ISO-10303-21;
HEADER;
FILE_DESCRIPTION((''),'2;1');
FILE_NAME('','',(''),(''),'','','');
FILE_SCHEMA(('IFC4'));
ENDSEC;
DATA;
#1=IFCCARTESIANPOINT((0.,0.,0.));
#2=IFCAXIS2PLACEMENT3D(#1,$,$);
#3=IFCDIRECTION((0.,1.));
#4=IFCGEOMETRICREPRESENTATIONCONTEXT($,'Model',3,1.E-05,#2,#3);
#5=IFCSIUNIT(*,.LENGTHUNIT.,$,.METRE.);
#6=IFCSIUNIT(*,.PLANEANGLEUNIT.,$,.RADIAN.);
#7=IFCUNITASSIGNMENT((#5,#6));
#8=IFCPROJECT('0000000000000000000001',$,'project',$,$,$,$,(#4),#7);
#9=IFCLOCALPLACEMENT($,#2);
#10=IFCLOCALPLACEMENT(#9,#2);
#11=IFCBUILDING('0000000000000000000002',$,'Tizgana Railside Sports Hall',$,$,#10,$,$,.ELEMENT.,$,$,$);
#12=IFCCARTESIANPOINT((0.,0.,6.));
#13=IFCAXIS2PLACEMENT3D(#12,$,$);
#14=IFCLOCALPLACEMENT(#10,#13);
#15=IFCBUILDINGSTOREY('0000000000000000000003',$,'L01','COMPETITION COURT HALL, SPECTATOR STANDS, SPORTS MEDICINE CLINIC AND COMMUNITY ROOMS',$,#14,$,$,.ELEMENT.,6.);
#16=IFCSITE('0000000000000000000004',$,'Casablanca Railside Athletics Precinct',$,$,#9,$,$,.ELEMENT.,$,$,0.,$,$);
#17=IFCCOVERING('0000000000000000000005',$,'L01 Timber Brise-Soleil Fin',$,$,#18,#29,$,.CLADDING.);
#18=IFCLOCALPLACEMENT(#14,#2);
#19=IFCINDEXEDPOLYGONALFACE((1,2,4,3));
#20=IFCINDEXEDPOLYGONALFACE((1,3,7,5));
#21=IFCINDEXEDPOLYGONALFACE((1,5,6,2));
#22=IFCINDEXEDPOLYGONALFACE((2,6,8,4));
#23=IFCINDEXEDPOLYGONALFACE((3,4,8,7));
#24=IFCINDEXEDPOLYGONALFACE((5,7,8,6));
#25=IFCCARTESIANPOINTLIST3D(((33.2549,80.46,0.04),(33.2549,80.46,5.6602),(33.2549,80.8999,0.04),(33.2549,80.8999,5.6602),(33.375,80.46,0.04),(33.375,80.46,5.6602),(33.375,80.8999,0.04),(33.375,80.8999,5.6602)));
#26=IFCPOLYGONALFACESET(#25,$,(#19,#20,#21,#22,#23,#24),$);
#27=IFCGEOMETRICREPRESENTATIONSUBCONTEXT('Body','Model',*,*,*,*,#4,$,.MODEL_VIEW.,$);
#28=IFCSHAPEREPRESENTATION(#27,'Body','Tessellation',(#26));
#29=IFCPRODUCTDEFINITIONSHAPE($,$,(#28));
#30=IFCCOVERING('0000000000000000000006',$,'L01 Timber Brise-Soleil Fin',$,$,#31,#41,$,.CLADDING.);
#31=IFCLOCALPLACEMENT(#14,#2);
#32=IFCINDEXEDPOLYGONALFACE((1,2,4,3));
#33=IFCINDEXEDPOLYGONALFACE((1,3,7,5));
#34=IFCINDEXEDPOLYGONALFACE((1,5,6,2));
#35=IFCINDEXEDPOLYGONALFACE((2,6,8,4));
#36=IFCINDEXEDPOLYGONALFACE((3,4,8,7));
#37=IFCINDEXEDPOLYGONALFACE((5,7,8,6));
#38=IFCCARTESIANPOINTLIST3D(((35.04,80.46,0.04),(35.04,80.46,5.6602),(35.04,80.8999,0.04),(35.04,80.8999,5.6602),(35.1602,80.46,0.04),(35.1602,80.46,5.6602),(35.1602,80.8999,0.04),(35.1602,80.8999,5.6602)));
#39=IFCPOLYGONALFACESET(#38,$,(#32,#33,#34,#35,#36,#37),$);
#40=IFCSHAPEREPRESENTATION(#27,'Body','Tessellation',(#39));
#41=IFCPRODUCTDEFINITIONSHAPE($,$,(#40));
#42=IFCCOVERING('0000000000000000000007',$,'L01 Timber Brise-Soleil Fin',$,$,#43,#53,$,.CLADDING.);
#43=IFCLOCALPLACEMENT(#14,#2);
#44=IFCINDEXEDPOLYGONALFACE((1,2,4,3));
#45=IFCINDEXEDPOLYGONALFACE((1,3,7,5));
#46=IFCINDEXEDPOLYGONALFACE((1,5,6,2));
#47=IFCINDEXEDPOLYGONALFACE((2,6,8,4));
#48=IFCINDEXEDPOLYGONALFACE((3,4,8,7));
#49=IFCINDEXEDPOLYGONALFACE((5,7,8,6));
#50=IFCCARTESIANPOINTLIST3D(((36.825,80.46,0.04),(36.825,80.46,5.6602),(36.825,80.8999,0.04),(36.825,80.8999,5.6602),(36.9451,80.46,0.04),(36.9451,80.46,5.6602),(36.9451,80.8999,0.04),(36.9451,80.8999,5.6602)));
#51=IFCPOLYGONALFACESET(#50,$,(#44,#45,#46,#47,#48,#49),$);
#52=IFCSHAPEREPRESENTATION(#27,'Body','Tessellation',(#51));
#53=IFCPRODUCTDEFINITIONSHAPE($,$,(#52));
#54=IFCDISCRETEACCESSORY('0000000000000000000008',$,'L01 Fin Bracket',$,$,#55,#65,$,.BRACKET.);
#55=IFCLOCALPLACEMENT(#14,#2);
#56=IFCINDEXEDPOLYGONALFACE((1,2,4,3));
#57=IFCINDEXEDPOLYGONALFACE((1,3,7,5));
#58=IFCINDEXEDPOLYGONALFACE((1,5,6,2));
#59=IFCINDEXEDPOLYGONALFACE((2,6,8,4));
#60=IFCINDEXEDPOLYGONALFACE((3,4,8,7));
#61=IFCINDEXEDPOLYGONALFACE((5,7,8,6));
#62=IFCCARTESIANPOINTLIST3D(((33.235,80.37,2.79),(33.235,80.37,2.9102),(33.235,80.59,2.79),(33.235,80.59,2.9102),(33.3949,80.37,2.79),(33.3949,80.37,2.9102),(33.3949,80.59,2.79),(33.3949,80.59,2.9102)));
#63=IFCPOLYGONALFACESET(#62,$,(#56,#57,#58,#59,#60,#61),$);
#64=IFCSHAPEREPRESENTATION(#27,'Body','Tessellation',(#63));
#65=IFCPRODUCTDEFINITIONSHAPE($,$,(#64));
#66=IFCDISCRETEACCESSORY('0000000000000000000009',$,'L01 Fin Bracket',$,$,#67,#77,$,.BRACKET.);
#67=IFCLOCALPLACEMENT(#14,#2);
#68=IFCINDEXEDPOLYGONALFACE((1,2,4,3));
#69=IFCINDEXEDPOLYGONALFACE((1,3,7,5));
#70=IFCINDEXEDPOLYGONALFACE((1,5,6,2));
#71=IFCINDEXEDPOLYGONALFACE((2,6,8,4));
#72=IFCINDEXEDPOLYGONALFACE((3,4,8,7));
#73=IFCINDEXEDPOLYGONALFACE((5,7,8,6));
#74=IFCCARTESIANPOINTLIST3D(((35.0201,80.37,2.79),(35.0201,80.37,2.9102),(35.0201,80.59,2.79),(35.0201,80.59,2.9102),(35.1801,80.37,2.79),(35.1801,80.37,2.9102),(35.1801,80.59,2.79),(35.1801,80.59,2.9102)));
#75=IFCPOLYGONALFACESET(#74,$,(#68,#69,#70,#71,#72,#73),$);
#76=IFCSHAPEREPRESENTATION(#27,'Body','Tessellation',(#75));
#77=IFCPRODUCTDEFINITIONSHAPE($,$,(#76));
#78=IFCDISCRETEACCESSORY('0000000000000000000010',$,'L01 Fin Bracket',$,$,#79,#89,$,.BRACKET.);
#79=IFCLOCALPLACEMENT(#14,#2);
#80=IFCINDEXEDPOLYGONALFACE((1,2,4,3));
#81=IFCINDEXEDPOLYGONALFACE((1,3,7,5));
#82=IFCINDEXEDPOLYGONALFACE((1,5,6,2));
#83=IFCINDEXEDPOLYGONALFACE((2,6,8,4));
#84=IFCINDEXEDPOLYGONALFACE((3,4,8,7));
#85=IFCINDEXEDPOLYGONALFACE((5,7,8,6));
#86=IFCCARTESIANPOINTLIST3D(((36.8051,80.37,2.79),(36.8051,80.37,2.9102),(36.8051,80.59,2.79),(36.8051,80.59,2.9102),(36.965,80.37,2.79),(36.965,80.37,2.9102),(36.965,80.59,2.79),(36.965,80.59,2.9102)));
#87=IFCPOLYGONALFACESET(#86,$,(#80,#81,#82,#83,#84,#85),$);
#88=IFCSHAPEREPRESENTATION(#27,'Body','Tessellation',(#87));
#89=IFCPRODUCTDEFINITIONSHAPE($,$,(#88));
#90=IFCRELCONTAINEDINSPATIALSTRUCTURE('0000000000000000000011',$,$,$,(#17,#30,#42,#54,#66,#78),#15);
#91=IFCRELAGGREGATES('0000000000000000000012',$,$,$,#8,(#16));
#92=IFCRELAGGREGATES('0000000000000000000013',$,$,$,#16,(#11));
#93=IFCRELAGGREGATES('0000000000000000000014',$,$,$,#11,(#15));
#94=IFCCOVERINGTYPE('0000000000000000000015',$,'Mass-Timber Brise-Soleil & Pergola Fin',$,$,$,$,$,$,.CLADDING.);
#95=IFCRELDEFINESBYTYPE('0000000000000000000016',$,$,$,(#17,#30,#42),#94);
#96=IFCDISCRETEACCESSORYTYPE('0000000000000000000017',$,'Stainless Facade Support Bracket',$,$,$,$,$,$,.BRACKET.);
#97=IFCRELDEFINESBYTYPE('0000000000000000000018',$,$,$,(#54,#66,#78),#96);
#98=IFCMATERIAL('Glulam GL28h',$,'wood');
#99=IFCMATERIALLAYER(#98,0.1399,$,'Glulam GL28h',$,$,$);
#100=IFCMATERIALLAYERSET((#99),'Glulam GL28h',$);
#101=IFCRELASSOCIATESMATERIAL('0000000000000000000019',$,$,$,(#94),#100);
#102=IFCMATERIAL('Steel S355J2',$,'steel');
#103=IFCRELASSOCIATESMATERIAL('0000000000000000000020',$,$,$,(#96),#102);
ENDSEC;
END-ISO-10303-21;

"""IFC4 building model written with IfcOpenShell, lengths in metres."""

from ifc_helpers import new_model, si_unit, direction, frame, origin, origin_2d, place, context, subcontext, project, spatial, rectangle, extrude, material, layer, layer_set, type_object, element, save


model = new_model("IFC4")

# Units and contexts
model_context = context("Model", 3, precision=1e-05, world=origin(), true_north=direction((0.0, 1.0)))
body_context = subcontext(model_context, "Body", "Model", "MODEL_VIEW")
ifc_project = project(units=[si_unit("LENGTHUNIT", "METRE"), si_unit("PLANEANGLEUNIT", "RADIAN")], contexts=[model_context])

# Site, building, storey
site_placement = place(None, origin())
site = spatial("IfcSite", under=ifc_project, at=site_placement, Name="Casablanca Railside Athletics Precinct", CompositionType="ELEMENT", RefElevation=0.0)
building_placement = place(site_placement, origin())
building = spatial("IfcBuilding", under=site, at=building_placement, Name="Tizgana Railside Sports Hall", CompositionType="ELEMENT")
storey_placement = place(building_placement, frame((0.0, 0.0, 6.0)))
storey = spatial("IfcBuildingStorey", under=building, at=storey_placement, Name="L01", Description="COMPETITION COURT HALL, SPECTATOR STANDS, SPORTS MEDICINE CLINIC AND COMMUNITY ROOMS", CompositionType="ELEMENT", Elevation=6.0)

# Coverings
ifc_material_1 = material(Name="Glulam GL28h", Category="wood")
ifc_layer_1 = layer(ifc_material_1, 0.1399, Name="Glulam GL28h")
ifc_layer_set_1 = layer_set([ifc_layer_1], Name="Glulam GL28h")
covering_type = type_object("IfcCoveringType", Name="Mass-Timber Brise-Soleil & Pergola Fin", PredefinedType="CLADDING", material=ifc_layer_set_1)
for number, where, z_axis, x_axis, name in (
    (1, (33.3149, 80.6799, 0.04), (0.0, 0.0, 1.0), (1.0, 0.0, 0.0), "L01 Timber Brise-Soleil Fin"),
    (2, (35.1001, 80.6799, 0.04), (0.0, 0.0, 1.0), (1.0, 0.0, 0.0), "L01 Timber Brise-Soleil Fin"),
    (3, (36.885, 80.6799, 0.04), (0.0, 0.0, 1.0), (1.0, 0.0, 0.0), "L01 Timber Brise-Soleil Fin"),
):
    element("IfcCovering", number, at=place(storey_placement, frame(where, z_axis=z_axis, x_axis=x_axis)), inside=storey, type_object=covering_type, Name=name, PredefinedType="CLADDING", context=body_context, shape_type="SweptSolid", body=[
        extrude(rectangle(XDim=0.1201, YDim=0.4399, at=origin_2d()), origin(), (0.0, 0.0, 1.0), 5.6201),
    ])

# Discrete accessories
ifc_material_2 = material(Name="Steel S355J2", Category="steel")
discrete_accessory_type = type_object("IfcDiscreteAccessoryType", Name="Stainless Facade Support Bracket", PredefinedType="BRACKET", material=ifc_material_2)
for number, where, z_axis, x_axis, name in (
    (4, (33.3149, 80.48, 2.79), (0.0, 0.0, 1.0), (1.0, 0.0, 0.0), "L01 Fin Bracket"),
    (5, (35.1001, 80.48, 2.79), (0.0, 0.0, 1.0), (1.0, 0.0, 0.0), "L01 Fin Bracket"),
    (6, (36.885, 80.48, 2.79), (0.0, 0.0, 1.0), (1.0, 0.0, 0.0), "L01 Fin Bracket"),
):
    element("IfcDiscreteAccessory", number, at=place(storey_placement, frame(where, z_axis=z_axis, x_axis=x_axis)), inside=storey, type_object=discrete_accessory_type, Name=name, PredefinedType="BRACKET", context=body_context, shape_type="SweptSolid", body=[
        extrude(rectangle(XDim=0.1599, YDim=0.22, at=origin_2d()), origin(), (0.0, 0.0, 1.0), 0.1201),
    ])

save(model, "model.ifc")
